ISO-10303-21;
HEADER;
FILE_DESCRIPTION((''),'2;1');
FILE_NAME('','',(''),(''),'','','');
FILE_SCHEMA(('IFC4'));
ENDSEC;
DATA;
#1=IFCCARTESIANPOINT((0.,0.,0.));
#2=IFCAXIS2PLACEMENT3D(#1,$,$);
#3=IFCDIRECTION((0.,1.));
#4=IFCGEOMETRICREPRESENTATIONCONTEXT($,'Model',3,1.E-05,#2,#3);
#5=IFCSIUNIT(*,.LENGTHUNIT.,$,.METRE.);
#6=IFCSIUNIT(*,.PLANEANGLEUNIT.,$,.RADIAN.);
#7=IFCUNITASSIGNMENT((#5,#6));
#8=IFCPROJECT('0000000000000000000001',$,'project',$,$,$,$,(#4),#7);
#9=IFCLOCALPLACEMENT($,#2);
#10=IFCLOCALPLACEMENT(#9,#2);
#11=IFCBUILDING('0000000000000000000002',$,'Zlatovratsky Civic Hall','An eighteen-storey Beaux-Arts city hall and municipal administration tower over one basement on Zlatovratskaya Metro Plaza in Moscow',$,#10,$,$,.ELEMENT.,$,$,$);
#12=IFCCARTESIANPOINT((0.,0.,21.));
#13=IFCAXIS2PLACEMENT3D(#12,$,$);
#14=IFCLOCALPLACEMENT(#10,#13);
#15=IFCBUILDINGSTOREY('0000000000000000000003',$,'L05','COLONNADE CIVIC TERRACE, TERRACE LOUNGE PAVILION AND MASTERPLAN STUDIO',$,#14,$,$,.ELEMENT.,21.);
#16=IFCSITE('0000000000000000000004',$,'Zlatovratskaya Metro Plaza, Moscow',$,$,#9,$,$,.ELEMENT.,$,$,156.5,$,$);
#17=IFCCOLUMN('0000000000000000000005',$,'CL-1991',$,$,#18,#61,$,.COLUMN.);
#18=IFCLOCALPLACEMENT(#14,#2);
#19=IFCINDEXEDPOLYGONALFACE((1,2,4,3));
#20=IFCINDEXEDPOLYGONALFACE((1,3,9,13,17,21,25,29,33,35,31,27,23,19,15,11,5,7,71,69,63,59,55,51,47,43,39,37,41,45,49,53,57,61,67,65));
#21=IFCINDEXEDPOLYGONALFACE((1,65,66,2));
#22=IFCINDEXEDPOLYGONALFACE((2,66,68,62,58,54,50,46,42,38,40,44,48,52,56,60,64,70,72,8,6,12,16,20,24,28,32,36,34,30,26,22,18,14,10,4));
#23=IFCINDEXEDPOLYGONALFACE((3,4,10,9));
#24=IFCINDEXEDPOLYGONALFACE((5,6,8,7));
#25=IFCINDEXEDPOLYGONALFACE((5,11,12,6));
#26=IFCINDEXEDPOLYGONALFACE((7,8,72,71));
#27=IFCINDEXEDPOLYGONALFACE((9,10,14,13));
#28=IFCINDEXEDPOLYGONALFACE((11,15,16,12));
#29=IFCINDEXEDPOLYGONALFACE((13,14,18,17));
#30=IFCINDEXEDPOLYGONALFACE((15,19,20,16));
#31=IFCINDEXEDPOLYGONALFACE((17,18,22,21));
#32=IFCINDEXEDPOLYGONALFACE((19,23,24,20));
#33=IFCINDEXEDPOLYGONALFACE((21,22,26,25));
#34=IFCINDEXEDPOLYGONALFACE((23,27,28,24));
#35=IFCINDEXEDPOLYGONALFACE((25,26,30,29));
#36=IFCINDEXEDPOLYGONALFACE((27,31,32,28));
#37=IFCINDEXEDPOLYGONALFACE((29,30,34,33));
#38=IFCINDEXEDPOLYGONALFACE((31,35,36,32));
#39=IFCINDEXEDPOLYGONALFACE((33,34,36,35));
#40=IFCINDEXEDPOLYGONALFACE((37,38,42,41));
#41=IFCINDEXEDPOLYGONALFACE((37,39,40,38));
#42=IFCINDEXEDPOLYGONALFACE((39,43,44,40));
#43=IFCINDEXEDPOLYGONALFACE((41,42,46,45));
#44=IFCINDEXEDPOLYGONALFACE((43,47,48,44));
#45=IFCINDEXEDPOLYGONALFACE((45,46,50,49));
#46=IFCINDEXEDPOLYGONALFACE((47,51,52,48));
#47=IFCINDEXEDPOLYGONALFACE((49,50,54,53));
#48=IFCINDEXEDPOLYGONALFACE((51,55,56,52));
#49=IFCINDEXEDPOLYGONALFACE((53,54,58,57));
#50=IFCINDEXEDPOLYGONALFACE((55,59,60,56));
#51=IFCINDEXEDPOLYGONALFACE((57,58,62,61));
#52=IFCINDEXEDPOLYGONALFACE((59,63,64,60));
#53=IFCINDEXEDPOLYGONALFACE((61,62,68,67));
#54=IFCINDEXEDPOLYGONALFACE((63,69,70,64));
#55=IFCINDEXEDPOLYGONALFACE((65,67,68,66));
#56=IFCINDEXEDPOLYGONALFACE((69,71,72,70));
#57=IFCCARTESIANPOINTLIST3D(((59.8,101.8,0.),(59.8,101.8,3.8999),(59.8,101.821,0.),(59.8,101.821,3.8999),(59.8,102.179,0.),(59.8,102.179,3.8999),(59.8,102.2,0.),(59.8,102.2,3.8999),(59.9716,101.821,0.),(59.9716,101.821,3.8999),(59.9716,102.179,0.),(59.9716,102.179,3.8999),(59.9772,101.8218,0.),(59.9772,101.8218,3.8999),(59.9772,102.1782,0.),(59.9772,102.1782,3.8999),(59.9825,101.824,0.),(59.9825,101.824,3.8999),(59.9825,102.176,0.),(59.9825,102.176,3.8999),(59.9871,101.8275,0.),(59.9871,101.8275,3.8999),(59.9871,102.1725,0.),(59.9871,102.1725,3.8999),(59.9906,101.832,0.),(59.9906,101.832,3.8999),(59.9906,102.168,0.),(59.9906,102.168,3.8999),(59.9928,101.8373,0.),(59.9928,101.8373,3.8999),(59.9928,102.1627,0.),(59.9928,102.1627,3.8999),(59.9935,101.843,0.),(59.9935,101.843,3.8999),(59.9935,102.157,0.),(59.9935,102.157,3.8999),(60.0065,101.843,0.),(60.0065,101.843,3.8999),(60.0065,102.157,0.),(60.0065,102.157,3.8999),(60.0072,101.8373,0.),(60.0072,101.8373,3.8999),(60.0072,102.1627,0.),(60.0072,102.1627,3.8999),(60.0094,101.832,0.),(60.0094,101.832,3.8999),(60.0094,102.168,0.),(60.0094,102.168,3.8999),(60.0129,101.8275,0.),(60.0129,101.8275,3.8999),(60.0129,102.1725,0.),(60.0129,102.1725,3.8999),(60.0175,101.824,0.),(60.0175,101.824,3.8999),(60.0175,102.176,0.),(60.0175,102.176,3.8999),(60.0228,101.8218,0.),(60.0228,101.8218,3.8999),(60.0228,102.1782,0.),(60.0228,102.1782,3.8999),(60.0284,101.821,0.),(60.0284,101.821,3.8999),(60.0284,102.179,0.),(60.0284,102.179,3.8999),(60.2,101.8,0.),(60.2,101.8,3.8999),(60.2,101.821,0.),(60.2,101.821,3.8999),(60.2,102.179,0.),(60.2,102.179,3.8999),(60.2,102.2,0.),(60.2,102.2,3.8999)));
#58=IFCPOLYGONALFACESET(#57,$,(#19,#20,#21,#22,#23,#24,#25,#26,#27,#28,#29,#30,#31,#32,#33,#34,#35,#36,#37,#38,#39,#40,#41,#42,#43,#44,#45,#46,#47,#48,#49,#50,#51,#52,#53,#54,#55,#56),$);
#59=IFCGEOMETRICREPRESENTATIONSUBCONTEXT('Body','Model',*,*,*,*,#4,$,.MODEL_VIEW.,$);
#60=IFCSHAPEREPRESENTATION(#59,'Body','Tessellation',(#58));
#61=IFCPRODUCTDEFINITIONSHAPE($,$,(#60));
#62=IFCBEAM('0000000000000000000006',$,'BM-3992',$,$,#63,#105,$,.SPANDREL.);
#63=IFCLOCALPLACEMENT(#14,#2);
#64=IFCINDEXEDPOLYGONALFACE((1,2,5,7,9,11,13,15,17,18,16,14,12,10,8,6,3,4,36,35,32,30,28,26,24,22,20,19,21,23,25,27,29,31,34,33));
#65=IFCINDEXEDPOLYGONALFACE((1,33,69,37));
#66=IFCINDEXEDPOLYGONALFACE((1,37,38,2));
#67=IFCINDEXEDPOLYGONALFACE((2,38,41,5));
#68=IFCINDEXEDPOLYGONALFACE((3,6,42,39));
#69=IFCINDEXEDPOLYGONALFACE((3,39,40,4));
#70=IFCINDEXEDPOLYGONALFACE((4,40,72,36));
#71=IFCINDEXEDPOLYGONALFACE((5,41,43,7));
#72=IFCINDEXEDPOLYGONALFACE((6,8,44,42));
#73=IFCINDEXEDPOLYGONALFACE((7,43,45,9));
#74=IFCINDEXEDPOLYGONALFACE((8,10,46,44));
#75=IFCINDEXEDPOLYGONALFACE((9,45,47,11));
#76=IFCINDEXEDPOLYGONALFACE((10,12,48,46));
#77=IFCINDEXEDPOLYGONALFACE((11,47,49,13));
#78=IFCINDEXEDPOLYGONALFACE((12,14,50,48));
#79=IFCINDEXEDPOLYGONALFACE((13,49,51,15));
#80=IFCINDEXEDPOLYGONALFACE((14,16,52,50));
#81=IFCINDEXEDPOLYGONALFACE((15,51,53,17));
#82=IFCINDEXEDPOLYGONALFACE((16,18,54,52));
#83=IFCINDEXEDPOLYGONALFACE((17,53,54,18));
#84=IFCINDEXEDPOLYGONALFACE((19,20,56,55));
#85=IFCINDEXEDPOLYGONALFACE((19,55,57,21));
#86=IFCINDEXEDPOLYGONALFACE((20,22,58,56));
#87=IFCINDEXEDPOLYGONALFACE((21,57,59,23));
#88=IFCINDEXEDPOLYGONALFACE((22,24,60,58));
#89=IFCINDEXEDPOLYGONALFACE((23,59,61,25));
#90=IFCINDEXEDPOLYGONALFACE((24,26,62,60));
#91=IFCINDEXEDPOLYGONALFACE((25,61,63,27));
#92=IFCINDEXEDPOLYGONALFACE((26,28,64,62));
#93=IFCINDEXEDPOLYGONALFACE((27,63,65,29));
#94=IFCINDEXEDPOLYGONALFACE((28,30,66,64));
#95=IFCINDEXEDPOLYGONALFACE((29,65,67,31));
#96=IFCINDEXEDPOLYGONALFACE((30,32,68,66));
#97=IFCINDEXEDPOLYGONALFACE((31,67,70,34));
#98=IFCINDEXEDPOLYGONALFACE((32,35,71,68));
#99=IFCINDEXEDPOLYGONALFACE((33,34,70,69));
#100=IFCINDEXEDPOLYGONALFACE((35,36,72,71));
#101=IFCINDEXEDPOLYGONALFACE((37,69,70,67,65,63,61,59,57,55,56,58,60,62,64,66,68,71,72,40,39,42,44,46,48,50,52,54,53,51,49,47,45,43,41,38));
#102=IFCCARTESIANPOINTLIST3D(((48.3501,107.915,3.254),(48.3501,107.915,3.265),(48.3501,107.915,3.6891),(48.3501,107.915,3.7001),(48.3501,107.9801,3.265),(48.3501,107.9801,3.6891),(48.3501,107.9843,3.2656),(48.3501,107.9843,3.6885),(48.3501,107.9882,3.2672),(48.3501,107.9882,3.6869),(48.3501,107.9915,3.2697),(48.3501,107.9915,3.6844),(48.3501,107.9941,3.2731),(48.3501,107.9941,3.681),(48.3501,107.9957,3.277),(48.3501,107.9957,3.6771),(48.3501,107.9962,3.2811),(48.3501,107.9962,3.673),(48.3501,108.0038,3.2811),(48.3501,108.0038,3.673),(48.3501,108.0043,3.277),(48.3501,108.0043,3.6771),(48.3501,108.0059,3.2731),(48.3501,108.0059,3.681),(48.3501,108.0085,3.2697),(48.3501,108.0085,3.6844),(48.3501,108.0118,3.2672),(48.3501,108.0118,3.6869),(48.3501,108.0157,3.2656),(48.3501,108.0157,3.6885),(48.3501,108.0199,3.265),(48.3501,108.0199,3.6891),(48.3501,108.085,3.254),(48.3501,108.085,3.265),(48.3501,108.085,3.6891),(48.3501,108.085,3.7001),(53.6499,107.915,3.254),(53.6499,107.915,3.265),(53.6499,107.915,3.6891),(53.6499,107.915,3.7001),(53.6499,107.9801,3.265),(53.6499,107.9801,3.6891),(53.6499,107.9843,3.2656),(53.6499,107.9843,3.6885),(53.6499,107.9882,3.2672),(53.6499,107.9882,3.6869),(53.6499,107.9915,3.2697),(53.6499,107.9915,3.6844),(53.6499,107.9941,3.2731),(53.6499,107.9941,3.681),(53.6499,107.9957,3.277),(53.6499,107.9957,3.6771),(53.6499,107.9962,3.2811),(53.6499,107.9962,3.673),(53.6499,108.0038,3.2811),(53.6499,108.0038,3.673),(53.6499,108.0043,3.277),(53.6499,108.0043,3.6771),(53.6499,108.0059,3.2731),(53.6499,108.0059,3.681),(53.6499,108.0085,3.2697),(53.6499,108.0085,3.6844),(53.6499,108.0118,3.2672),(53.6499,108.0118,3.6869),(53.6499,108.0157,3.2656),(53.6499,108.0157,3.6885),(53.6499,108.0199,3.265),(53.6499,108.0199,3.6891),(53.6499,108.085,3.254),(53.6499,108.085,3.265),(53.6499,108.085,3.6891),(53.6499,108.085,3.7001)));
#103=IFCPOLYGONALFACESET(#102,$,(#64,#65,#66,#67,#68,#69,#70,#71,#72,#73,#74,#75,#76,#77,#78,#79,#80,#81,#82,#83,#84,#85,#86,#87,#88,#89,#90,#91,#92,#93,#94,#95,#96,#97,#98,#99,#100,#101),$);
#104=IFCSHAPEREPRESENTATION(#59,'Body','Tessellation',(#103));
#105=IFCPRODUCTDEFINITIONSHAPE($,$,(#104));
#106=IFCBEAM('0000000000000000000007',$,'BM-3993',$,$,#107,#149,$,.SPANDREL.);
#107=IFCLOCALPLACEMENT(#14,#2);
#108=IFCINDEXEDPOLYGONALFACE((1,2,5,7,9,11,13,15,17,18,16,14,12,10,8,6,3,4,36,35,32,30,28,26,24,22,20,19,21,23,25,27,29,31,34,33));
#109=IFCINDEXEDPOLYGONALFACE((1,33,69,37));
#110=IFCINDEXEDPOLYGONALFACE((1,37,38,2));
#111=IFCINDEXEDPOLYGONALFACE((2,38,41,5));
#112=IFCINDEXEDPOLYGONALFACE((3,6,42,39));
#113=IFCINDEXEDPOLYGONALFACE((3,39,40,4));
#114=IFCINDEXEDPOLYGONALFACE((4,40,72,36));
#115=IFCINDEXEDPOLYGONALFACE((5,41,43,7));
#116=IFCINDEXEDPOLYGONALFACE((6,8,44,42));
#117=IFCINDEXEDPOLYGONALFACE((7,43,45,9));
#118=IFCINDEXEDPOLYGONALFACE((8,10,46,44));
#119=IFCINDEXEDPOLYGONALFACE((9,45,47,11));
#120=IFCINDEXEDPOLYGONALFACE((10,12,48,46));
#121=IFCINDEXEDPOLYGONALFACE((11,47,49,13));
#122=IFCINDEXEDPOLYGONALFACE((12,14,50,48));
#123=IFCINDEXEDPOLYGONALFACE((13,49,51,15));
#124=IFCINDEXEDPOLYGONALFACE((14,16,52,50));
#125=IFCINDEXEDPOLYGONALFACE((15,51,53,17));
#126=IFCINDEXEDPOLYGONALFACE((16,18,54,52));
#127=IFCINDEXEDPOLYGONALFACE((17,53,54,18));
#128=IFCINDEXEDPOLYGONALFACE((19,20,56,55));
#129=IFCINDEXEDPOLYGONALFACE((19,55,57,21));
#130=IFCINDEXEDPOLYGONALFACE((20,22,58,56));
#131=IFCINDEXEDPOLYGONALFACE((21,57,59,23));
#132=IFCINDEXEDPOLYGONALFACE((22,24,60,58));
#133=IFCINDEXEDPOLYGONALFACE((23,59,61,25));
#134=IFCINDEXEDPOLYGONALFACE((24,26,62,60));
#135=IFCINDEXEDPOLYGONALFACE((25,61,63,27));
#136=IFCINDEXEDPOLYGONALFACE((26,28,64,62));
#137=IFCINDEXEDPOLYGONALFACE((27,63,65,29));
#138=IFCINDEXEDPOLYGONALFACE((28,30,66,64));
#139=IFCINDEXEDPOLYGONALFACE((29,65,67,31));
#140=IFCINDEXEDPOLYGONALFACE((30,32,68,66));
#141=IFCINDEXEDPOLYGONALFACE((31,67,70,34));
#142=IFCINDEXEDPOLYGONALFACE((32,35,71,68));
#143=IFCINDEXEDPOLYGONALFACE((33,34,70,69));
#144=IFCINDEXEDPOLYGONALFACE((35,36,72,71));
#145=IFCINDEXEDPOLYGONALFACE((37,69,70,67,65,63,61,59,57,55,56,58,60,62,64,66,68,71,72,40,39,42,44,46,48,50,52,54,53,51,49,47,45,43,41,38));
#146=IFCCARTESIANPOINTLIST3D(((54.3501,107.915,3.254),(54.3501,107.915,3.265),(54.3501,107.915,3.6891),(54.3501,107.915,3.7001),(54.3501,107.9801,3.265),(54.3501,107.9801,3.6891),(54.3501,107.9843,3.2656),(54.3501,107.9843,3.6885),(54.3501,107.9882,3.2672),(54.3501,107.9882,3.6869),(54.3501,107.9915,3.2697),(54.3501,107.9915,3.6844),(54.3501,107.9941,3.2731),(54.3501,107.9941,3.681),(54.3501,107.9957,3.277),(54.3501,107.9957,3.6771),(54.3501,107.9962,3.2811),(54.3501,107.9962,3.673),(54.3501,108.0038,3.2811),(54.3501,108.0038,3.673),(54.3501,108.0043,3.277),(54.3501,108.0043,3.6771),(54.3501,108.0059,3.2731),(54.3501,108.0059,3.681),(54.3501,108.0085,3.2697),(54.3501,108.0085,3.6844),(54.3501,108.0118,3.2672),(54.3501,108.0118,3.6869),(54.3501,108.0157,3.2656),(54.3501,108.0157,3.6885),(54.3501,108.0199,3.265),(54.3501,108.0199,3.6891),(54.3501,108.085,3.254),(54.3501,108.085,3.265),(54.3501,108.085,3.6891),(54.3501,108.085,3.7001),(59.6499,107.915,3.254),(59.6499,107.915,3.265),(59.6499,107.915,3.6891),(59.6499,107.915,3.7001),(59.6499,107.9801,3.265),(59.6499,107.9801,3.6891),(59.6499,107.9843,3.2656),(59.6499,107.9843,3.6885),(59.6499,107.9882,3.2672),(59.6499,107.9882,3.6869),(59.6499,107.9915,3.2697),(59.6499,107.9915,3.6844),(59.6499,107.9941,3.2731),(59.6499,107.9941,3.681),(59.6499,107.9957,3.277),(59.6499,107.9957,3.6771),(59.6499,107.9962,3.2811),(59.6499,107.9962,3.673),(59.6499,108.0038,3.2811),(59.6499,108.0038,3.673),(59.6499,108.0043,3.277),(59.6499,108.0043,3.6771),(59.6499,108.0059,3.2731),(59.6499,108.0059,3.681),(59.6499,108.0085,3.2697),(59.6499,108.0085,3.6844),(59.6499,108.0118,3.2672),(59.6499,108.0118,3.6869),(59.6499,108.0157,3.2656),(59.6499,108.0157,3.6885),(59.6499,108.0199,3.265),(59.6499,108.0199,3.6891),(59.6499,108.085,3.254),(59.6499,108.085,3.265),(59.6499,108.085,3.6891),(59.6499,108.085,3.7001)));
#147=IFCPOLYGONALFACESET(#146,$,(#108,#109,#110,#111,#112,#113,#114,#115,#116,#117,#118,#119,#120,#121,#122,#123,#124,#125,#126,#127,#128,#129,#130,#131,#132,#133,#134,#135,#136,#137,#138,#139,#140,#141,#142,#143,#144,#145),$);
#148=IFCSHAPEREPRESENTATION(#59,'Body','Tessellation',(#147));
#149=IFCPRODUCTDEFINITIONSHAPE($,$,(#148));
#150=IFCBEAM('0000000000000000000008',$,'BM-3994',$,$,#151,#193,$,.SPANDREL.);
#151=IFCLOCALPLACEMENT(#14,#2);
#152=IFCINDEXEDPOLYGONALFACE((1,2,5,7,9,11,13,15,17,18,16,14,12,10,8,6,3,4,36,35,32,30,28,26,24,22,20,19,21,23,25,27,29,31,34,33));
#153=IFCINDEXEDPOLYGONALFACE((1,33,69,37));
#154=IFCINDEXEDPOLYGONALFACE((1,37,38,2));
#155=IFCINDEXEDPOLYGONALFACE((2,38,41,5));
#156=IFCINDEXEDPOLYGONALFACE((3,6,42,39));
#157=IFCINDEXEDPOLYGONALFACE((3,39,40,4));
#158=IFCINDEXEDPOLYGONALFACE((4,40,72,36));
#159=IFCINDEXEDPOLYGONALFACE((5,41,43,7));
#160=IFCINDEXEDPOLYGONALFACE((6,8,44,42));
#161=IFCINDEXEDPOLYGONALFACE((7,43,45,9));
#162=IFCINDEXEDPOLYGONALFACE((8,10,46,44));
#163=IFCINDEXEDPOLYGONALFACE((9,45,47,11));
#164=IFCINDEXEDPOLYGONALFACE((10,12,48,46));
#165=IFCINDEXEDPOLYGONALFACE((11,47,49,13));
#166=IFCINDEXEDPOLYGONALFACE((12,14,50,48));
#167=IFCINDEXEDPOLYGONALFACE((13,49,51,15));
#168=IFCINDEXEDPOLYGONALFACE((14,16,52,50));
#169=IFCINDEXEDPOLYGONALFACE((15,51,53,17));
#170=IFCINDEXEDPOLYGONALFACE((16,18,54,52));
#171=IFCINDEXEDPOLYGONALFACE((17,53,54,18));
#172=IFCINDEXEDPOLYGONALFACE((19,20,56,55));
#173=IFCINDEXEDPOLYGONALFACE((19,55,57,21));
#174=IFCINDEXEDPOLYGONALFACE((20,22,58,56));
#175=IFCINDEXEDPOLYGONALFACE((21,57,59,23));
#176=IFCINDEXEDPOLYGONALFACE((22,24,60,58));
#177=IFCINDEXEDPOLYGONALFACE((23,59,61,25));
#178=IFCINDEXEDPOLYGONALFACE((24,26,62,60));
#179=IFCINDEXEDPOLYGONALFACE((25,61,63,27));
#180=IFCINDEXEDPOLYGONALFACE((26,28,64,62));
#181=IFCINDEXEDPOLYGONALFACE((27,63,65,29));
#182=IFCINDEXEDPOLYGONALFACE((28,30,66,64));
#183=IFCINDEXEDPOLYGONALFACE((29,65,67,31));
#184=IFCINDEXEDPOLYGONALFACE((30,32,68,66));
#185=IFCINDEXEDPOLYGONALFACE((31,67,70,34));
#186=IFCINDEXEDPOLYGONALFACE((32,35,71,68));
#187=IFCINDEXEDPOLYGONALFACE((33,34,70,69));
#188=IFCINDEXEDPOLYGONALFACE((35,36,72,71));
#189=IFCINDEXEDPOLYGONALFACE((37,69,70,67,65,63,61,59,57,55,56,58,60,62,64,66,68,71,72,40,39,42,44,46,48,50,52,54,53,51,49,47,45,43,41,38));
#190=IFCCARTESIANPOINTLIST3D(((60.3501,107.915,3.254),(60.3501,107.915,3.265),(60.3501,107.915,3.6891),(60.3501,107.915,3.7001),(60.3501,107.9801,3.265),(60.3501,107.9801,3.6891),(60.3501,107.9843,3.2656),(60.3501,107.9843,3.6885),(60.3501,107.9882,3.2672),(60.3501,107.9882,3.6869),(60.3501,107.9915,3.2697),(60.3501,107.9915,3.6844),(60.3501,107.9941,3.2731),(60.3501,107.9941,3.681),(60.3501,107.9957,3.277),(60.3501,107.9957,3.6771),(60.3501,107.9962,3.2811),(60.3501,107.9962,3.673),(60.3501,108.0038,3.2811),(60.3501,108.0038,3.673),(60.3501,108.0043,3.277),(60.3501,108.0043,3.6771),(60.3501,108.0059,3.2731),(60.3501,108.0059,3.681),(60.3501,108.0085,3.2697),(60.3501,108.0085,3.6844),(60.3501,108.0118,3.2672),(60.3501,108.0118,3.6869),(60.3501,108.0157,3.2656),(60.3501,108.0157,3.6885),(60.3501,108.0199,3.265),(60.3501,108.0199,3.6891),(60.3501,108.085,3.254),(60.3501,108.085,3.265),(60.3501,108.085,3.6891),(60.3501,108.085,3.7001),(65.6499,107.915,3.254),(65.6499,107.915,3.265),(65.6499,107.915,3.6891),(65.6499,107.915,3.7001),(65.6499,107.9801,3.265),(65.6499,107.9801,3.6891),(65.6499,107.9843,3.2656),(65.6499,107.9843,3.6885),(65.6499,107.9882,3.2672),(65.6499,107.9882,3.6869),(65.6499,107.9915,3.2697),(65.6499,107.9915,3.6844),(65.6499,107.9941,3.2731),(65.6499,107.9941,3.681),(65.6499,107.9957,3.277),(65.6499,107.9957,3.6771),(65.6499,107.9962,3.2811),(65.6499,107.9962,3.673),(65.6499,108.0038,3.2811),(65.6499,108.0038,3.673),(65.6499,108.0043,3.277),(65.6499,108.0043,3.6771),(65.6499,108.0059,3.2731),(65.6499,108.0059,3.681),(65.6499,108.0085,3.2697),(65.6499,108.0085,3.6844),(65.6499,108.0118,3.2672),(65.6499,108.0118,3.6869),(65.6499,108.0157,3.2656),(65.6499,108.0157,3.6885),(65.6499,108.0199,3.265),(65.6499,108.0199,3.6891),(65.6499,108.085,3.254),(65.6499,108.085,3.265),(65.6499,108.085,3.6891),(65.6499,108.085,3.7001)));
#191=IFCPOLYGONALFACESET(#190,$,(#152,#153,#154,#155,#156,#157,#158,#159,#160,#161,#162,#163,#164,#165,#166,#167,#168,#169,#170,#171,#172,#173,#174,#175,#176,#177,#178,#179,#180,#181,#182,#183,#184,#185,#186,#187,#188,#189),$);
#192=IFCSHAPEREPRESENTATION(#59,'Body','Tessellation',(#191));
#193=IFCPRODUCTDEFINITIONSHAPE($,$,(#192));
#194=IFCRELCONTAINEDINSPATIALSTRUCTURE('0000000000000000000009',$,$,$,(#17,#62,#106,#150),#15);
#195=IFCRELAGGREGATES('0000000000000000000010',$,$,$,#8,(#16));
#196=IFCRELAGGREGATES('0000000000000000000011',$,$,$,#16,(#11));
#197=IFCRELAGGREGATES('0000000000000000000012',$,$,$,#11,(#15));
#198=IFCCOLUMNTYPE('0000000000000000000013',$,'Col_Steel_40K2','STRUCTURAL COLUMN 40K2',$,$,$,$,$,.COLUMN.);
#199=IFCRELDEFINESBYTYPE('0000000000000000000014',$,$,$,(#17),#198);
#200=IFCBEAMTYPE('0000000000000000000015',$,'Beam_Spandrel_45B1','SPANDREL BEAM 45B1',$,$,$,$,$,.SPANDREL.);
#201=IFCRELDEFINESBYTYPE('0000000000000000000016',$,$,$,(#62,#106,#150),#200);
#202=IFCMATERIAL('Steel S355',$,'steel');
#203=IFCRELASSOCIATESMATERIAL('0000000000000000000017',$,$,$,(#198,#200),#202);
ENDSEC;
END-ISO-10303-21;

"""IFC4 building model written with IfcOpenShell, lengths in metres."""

from ifc_helpers import new_model, si_unit, direction, frame, origin, origin_2d, place, context, subcontext, project, spatial, i_section, extrude, material, material_profile, profile_set, type_object, element, save


model = new_model("IFC4")

# Units and contexts
model_context = context("Model", 3, precision=1e-05, world=origin(), true_north=direction((0.0, 1.0)))
body_context = subcontext(model_context, "Body", "Model", "MODEL_VIEW")
ifc_project = project(units=[si_unit("LENGTHUNIT", "METRE"), si_unit("PLANEANGLEUNIT", "RADIAN")], contexts=[model_context])

# Site, building, storey
site_placement = place(None, origin())
site = spatial("IfcSite", under=ifc_project, at=site_placement, Name="Zlatovratskaya Metro Plaza, Moscow", CompositionType="ELEMENT", RefElevation=156.5)
building_placement = place(site_placement, origin())
building = spatial("IfcBuilding", under=site, at=building_placement, Name="Zlatovratsky Civic Hall", Description="An eighteen-storey Beaux-Arts city hall and municipal administration tower over one basement on Zlatovratskaya Metro Plaza in Moscow", CompositionType="ELEMENT")
storey_placement = place(building_placement, frame((0.0, 0.0, 21.0)))
storey = spatial("IfcBuildingStorey", under=building, at=storey_placement, Name="L05", Description="COLONNADE CIVIC TERRACE, TERRACE LOUNGE PAVILION AND MASTERPLAN STUDIO", CompositionType="ELEMENT", Elevation=21.0)

# Column
ifc_material_1 = material(Name="Steel S355", Category="steel")
ifc_material_profile_1 = material_profile(ifc_material_1, i_section(OverallWidth=0.3999, OverallDepth=0.3999, WebThickness=0.0129, FlangeThickness=0.021, FilletRadius=0.022, at=origin_2d()), Name="40K2")
ifc_profile_set_1 = profile_set([ifc_material_profile_1], Name="Steel S355")
column_type_1 = type_object("IfcColumnType", Name="Col_Steel_40K2", Description="STRUCTURAL COLUMN 40K2", PredefinedType="COLUMN", material=ifc_profile_set_1)
for number, where, z_axis, x_axis, name in (
    (1, (60.0, 102.0, 0.0), (0.0, 0.0, 1.0), (1.0, 0.0, 0.0), "CL-1991"),
):
    element("IfcColumn", number, at=place(storey_placement, frame(where, z_axis=z_axis, x_axis=x_axis)), inside=storey, type_object=column_type_1, Name=name, PredefinedType="COLUMN", context=body_context, shape_type="SweptSolid", body=[
        extrude(i_section(OverallWidth=0.3999, OverallDepth=0.3999, WebThickness=0.0129, FlangeThickness=0.021, FilletRadius=0.022, at=origin_2d()), origin(), (0.0, 0.0, 1.0), 3.8999),
    ])

# Beams
ifc_material_profile_2 = material_profile(ifc_material_1, i_section(OverallWidth=0.1699, OverallDepth=0.446, WebThickness=0.0076, FlangeThickness=0.011, FilletRadius=0.0161, at=origin_2d()), Name="45B1")
ifc_profile_set_2 = profile_set([ifc_material_profile_2], Name="Steel S355")
beam_type_1 = type_object("IfcBeamType", Name="Beam_Spandrel_45B1", Description="SPANDREL BEAM 45B1", PredefinedType="SPANDREL", material=ifc_profile_set_2)
for number, where, z_axis, x_axis, name in (
    (2, (48.3501, 108.0, 3.4771), (1.0, 0.0, 0.0), (0.0, 1.0, 0.0), "BM-3992"),
    (3, (54.3501, 108.0, 3.4771), (1.0, 0.0, 0.0), (0.0, 1.0, 0.0), "BM-3993"),
    (4, (60.3501, 108.0, 3.4771), (1.0, 0.0, 0.0), (0.0, 1.0, 0.0), "BM-3994"),
):
    element("IfcBeam", number, at=place(storey_placement, frame(where, z_axis=z_axis, x_axis=x_axis)), inside=storey, type_object=beam_type_1, Name=name, PredefinedType="SPANDREL", context=body_context, shape_type="SweptSolid", body=[
        extrude(i_section(OverallWidth=0.1699, OverallDepth=0.446, WebThickness=0.0076, FlangeThickness=0.011, FilletRadius=0.0161, at=origin_2d()), origin(), (0.0, 0.0, 1.0), 5.2998),
    ])

save(model, "model.ifc")
